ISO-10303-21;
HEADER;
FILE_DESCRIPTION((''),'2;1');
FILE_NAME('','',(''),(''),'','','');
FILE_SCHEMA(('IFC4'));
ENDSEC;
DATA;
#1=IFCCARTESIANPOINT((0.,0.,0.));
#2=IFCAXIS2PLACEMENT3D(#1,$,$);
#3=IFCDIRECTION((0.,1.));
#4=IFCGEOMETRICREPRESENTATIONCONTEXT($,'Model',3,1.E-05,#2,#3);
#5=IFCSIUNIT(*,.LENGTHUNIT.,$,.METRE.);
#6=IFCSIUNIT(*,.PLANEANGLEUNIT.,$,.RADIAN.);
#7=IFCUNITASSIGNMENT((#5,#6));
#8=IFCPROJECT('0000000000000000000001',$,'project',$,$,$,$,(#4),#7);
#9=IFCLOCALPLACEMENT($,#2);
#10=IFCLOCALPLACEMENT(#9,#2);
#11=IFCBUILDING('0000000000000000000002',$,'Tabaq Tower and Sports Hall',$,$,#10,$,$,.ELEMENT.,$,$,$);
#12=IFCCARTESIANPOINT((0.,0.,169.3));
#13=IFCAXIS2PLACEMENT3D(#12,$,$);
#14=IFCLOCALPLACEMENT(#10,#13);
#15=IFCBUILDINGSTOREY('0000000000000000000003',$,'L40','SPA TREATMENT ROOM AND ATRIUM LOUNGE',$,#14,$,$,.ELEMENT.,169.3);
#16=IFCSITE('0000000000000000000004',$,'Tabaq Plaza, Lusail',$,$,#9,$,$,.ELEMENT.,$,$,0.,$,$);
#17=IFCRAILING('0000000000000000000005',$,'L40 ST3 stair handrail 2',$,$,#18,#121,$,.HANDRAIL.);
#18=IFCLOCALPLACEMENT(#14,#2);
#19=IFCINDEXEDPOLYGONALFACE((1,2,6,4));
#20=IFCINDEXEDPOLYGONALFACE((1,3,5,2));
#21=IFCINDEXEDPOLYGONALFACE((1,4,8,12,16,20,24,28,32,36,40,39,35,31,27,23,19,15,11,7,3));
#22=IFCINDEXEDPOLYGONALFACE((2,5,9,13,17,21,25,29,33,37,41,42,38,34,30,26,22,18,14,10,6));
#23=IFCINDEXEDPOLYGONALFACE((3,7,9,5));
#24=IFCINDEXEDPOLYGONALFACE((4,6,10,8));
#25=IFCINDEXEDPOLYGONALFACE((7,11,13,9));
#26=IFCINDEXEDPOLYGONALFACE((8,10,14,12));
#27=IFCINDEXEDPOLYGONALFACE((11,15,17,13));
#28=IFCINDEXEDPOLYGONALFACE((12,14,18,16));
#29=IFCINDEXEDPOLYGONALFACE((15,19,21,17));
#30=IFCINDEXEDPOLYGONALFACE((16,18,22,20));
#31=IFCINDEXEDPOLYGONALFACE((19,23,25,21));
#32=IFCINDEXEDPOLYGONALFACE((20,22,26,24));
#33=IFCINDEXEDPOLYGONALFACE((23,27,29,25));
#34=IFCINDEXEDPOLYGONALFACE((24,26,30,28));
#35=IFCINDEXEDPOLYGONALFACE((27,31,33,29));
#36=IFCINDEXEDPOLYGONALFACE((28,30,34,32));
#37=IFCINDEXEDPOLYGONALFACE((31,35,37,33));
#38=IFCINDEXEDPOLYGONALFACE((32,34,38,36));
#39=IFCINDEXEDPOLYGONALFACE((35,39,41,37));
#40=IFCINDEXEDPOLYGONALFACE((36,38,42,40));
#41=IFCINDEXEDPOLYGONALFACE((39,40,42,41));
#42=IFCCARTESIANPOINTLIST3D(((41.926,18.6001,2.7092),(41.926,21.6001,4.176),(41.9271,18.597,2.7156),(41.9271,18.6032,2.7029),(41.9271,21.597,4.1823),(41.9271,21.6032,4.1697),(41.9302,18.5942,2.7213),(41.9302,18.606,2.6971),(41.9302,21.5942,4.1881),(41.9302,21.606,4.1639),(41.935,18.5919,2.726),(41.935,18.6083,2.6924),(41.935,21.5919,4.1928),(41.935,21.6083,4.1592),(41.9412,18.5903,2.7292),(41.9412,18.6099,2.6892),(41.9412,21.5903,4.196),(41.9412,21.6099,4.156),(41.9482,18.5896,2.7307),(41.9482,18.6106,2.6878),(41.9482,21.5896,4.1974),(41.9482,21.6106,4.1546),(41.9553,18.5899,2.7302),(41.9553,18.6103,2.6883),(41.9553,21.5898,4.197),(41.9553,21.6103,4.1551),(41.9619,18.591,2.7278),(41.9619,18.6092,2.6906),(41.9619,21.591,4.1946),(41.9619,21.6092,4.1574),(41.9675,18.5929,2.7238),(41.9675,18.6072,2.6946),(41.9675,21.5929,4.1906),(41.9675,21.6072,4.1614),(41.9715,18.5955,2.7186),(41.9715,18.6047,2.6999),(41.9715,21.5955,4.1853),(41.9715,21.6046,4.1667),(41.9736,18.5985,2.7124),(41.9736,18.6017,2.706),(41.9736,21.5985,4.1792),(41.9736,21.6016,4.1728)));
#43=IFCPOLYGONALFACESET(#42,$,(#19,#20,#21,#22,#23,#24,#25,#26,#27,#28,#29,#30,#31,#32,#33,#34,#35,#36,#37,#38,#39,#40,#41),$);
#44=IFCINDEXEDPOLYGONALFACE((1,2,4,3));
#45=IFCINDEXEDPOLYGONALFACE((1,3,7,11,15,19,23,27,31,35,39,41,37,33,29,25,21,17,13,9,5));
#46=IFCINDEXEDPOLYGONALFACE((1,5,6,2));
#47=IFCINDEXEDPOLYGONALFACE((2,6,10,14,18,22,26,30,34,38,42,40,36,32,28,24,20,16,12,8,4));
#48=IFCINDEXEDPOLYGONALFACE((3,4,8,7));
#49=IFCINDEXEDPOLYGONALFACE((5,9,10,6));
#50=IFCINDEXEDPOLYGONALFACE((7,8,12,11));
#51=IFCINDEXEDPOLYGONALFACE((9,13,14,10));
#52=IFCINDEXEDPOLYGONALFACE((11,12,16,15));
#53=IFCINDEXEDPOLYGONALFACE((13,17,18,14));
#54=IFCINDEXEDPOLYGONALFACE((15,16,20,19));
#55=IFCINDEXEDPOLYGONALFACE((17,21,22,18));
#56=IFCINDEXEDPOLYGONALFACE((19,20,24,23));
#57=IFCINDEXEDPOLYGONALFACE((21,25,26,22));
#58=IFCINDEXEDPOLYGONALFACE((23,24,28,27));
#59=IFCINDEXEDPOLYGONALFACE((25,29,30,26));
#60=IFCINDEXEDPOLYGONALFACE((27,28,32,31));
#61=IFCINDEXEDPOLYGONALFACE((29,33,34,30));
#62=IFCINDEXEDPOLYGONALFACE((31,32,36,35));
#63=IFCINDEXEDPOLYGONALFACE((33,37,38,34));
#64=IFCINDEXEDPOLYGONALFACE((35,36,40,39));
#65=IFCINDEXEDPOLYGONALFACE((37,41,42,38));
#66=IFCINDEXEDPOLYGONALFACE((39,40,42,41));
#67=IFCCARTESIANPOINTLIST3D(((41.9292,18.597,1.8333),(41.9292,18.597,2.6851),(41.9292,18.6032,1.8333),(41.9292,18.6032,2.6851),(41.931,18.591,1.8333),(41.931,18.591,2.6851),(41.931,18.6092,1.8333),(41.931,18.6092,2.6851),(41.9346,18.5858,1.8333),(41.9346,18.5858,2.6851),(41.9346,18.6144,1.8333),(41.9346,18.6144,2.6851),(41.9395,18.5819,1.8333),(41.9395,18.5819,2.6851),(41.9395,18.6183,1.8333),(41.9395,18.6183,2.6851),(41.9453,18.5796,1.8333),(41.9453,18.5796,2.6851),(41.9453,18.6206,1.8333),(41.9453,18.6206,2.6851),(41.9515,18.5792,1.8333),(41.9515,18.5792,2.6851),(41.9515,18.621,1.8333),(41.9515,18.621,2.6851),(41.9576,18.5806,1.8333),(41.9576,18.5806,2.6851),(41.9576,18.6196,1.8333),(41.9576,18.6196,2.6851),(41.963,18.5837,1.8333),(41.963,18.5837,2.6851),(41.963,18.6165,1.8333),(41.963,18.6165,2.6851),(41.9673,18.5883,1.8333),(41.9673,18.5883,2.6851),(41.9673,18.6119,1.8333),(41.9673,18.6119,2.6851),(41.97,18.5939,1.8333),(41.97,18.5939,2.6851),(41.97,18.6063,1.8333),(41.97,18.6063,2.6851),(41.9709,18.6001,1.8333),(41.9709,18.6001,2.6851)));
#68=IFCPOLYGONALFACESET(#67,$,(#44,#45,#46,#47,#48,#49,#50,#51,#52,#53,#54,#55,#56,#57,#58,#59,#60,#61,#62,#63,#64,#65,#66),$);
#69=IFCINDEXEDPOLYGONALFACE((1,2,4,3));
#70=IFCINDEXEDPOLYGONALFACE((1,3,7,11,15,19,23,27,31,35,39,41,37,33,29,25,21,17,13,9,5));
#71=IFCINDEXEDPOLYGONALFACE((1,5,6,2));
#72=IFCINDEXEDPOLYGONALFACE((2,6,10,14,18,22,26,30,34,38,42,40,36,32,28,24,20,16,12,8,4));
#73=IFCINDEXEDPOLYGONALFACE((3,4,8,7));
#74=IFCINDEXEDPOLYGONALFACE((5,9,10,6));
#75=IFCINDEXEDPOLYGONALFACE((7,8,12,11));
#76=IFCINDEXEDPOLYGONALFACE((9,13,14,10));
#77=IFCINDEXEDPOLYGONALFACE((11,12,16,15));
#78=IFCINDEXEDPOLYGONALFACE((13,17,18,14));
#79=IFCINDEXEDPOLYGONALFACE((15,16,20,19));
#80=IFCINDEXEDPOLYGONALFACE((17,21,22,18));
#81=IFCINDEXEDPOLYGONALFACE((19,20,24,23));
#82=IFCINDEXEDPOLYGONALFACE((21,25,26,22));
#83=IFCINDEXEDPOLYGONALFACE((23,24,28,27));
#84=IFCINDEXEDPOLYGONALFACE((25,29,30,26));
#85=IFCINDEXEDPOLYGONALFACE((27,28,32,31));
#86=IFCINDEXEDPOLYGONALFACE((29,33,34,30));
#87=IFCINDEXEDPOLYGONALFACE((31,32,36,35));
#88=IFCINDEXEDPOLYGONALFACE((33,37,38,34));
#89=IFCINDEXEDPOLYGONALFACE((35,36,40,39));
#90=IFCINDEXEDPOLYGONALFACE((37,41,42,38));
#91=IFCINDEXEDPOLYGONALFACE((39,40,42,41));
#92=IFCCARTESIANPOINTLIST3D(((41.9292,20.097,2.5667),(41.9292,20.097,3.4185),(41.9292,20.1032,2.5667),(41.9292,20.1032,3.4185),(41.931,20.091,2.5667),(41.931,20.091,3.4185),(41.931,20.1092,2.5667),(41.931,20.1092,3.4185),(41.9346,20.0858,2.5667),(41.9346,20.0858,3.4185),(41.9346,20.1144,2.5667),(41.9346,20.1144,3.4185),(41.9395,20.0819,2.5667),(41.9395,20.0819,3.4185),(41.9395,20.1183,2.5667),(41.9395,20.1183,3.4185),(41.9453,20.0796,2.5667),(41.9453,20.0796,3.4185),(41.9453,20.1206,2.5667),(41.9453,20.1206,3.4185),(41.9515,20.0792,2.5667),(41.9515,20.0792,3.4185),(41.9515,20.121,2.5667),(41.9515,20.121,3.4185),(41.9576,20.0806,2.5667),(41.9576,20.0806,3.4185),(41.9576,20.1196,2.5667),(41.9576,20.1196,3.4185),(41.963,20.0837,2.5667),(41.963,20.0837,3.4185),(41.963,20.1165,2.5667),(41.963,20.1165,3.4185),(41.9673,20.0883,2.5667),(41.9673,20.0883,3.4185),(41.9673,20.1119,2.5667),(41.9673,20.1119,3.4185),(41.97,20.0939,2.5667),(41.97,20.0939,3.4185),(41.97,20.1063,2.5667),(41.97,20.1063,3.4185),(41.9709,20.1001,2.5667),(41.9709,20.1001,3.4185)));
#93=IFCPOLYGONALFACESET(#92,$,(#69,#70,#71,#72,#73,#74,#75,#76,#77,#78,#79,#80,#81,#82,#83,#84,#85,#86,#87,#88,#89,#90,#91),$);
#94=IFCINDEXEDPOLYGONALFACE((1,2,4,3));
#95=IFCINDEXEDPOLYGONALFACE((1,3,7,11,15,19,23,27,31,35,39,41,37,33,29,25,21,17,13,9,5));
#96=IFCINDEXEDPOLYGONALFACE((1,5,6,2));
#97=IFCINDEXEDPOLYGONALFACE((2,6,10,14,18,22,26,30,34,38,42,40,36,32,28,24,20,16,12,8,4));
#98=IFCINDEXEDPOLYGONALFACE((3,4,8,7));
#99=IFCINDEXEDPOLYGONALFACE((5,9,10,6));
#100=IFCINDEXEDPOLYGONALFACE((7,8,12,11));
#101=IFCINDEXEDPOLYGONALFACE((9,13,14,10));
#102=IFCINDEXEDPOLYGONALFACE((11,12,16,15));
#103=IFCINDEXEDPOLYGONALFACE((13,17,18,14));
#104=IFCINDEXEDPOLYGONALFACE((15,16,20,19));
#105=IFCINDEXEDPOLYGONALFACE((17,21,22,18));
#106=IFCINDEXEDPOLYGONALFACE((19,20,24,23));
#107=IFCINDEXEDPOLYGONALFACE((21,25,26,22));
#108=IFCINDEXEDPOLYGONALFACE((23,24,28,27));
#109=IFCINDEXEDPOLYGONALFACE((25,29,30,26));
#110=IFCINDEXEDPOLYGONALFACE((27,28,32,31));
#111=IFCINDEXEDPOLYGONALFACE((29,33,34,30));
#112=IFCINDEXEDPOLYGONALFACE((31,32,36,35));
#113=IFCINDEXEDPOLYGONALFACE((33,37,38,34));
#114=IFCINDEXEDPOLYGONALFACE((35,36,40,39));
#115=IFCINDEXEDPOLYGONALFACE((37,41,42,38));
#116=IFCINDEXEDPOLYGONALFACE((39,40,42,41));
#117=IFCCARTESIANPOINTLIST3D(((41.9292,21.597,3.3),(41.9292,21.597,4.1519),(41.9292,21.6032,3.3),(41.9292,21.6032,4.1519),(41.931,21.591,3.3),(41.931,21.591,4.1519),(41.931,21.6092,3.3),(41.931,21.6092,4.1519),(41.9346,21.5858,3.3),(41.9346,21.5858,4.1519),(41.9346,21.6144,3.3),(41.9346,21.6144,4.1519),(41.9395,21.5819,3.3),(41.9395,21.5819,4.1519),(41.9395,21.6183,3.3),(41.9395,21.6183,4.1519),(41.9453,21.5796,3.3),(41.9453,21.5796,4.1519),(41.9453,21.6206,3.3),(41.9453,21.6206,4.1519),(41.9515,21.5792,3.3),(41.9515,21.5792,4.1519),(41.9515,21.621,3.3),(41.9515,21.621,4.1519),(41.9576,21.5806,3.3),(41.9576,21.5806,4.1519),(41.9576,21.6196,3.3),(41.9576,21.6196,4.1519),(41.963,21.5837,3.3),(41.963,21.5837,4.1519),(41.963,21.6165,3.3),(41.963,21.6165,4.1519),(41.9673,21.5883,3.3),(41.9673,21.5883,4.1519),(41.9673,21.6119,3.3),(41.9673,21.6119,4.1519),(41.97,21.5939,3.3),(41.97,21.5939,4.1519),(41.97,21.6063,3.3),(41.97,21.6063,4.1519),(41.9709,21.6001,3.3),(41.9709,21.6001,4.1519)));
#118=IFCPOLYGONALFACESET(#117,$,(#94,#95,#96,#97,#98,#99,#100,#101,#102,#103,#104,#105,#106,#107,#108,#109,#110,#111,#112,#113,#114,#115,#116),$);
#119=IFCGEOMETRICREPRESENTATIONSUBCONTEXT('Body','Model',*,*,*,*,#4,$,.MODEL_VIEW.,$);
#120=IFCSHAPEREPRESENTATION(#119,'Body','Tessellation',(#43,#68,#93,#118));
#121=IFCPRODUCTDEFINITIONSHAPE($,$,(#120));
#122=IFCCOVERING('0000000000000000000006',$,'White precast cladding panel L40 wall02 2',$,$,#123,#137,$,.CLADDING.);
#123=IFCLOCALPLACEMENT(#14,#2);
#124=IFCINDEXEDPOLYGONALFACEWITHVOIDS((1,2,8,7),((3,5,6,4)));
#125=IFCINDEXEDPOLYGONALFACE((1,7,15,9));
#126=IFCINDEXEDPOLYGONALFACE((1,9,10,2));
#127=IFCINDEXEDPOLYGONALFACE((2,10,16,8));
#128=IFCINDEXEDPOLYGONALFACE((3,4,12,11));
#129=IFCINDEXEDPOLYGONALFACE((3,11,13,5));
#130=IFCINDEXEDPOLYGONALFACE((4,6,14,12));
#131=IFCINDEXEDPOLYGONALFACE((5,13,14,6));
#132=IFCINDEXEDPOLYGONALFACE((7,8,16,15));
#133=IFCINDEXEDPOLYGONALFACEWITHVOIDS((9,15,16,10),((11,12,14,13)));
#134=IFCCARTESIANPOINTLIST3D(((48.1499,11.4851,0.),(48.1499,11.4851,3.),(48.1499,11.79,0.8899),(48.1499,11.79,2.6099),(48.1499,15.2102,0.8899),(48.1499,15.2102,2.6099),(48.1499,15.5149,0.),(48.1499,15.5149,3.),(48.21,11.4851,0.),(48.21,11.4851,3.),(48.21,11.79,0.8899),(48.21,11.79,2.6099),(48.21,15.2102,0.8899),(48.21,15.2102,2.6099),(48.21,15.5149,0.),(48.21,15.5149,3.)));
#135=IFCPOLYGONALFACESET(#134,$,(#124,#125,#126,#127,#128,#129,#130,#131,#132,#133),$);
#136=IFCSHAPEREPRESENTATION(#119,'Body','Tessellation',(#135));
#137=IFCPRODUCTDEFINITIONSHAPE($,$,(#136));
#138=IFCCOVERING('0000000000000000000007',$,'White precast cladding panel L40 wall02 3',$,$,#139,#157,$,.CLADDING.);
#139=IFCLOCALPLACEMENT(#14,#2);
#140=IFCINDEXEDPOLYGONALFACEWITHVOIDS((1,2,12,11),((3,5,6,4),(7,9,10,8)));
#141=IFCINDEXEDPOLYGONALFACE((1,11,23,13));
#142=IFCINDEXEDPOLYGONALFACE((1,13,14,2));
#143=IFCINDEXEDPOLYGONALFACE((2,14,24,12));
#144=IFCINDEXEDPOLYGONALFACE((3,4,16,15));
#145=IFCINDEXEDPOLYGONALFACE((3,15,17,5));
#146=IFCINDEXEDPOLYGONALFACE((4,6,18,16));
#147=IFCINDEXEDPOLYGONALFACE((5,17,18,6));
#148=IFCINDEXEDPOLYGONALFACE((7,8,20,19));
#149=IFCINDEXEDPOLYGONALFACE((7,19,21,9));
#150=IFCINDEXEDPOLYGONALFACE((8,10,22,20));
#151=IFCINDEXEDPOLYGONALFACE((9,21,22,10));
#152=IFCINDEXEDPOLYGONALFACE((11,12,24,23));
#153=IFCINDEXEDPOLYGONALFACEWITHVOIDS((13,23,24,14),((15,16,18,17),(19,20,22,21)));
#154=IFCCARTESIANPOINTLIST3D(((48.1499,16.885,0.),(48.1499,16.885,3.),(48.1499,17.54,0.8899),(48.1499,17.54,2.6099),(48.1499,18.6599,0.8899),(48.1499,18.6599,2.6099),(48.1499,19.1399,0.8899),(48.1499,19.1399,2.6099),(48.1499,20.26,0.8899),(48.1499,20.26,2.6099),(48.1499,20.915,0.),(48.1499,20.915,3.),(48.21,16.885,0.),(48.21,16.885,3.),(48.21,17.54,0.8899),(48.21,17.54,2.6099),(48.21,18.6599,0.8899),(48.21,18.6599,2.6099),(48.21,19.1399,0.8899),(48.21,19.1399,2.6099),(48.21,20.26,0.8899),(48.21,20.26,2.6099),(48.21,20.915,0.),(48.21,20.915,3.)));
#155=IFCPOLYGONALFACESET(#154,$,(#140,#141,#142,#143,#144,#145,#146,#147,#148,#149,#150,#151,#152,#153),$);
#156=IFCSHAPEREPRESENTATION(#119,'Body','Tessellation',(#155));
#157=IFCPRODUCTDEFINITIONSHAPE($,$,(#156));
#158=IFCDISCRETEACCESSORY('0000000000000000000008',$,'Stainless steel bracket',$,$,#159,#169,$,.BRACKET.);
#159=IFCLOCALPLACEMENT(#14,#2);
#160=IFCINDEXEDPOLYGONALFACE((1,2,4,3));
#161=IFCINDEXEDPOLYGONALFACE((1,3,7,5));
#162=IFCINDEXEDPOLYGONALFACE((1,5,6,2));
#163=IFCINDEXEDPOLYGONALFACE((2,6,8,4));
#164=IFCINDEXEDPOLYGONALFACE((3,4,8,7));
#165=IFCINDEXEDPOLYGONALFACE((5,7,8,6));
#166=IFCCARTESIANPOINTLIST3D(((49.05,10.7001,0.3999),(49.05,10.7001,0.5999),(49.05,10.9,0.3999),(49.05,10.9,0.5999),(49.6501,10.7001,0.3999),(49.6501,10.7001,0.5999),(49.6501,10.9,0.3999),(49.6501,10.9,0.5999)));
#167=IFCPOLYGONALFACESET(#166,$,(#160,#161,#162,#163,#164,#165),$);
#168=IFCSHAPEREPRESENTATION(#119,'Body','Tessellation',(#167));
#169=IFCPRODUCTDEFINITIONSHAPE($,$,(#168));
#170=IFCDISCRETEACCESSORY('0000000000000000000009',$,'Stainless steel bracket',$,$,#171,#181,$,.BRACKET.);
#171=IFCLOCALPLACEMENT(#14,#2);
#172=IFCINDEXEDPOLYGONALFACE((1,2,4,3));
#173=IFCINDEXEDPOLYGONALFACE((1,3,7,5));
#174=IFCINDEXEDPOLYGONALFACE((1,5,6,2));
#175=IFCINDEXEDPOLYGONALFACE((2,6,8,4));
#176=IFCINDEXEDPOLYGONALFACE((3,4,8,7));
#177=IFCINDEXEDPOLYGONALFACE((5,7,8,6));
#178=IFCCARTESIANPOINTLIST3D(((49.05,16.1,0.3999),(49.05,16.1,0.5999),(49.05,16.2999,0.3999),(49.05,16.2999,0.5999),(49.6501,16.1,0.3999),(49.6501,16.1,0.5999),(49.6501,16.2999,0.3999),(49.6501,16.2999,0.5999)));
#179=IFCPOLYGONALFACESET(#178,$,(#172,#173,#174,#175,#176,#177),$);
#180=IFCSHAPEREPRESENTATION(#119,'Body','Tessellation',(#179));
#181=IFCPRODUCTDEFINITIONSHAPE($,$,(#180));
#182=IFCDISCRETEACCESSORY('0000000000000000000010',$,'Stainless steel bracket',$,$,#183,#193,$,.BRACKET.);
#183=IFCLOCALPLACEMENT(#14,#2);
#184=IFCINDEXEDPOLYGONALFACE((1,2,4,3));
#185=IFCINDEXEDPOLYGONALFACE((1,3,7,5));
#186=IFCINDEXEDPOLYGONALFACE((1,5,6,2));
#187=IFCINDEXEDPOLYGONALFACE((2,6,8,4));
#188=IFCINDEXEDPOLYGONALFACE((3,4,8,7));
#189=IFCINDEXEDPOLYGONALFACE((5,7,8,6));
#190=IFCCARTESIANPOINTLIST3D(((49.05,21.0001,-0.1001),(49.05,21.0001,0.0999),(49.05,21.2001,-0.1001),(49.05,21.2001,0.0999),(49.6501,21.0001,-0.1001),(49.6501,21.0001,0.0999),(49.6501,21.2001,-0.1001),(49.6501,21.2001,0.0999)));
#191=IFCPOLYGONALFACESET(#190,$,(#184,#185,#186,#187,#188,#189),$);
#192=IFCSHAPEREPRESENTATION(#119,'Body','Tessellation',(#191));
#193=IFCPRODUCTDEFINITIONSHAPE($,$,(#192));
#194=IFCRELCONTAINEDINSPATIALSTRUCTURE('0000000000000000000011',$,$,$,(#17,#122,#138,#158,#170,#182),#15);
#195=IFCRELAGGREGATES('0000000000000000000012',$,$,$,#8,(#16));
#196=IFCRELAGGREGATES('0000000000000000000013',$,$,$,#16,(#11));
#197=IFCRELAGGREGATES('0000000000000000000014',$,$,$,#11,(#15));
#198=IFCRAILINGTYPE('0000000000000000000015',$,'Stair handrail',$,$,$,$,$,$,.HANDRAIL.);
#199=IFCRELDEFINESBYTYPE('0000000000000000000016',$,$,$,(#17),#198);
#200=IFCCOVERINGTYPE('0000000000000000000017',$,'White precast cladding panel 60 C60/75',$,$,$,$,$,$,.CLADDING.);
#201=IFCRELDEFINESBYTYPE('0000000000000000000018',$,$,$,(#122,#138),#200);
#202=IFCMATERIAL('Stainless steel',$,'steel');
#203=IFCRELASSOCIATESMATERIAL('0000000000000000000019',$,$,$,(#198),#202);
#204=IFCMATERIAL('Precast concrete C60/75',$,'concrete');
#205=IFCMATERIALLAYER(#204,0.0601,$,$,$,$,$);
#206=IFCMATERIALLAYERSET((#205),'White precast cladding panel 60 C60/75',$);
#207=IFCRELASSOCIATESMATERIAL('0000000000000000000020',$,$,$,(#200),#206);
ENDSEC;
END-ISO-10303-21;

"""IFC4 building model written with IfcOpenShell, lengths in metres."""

from ifc_helpers import new_model, si_unit, direction, frame, origin, origin_2d, place, context, subcontext, project, spatial, polyline, rectangle, circle, outline, extrude, material, layer, layer_set, type_object, element, save


model = new_model("IFC4")

# Units and contexts
model_context = context("Model", 3, precision=1e-05, world=origin(), true_north=direction((0.0, 1.0)))
body_context = subcontext(model_context, "Body", "Model", "MODEL_VIEW")
ifc_project = project(units=[si_unit("LENGTHUNIT", "METRE"), si_unit("PLANEANGLEUNIT", "RADIAN")], contexts=[model_context])

# Site, building, storey
site_placement = place(None, origin())
site = spatial("IfcSite", under=ifc_project, at=site_placement, Name="Tabaq Plaza, Lusail", CompositionType="ELEMENT", RefElevation=0.0)
building_placement = place(site_placement, origin())
building = spatial("IfcBuilding", under=site, at=building_placement, Name="Tabaq Tower and Sports Hall", CompositionType="ELEMENT")
storey_placement = place(building_placement, frame((0.0, 0.0, 169.3)))
storey = spatial("IfcBuildingStorey", under=building, at=storey_placement, Name="L40", Description="SPA TREATMENT ROOM AND ATRIUM LOUNGE", CompositionType="ELEMENT", Elevation=169.3)

# Railing
ifc_material_1 = material(Name="Stainless steel", Category="steel")
railing_type = type_object("IfcRailingType", Name="Stair handrail", PredefinedType="HANDRAIL", material=ifc_material_1)
railing_placement = place(storey_placement, frame((41.95, 18.6001, 1.8333)))
element("IfcRailing", 1, at=railing_placement, inside=storey, type_object=railing_type, Name="L40 ST3 stair handrail 2", PredefinedType="HANDRAIL", context=body_context, shape_type="SweptSolid", body=[
    extrude(circle(Radius=0.0239, at=origin_2d()), frame((0.0, 0.0, 0.876), z_axis=(0.0, 0.898369, 0.439242), x_axis=(-1.0, 0.0, 0.0)), (0.0, 0.0, 1.0), 3.3394),
    extrude(circle(Radius=0.021, at=origin_2d()), origin(), (0.0, 0.0, 1.0), 0.8518),
    extrude(circle(Radius=0.021, at=origin_2d()), frame((0.0, 1.5, 0.7334)), (0.0, 0.0, 1.0), 0.8518),
    extrude(circle(Radius=0.021, at=origin_2d()), frame((0.0, 3.0, 1.4668)), (0.0, 0.0, 1.0), 0.8518),
])

# Coverings
ifc_material_2 = material(Name="Precast concrete C60/75", Category="concrete")
ifc_layer_1 = layer(ifc_material_2, 0.0601)
ifc_layer_set_1 = layer_set([ifc_layer_1], Name="White precast cladding panel 60 C60/75")
covering_type_1 = type_object("IfcCoveringType", Name="White precast cladding panel 60 C60/75", PredefinedType="CLADDING", material=ifc_layer_set_1)
covering_1_placement = place(storey_placement, frame((48.1799, 11.4851, 0.0), z_axis=(0.0, 0.0, 1.0), x_axis=(0.0, 1.0, 0.0)))
element("IfcCovering", 2, at=covering_1_placement, inside=storey, type_object=covering_type_1, Name="White precast cladding panel L40 wall02 2", PredefinedType="CLADDING", context=body_context, shape_type="SweptSolid", body=[
    extrude(outline(polyline([(0.0, 0.0), (4.0298, 0.0), (4.0298, 3.0), (0.0, 3.0), (0.0, 0.0)]), holes=[polyline([(0.3049, 0.8899), (0.3049, 2.6099), (3.7251, 2.6099), (3.7251, 0.8899), (0.3049, 0.8899)])]), frame((0.0, 0.03, 0.0), z_axis=(0.0, -1.0, 0.0), x_axis=(1.0, 0.0, 0.0)), (0.0, 0.0, 1.0), 0.0601),
])
covering_2_placement = place(storey_placement, frame((48.1799, 16.885, 0.0), z_axis=(0.0, 0.0, 1.0), x_axis=(0.0, 1.0, 0.0)))
element("IfcCovering", 3, at=covering_2_placement, inside=storey, type_object=covering_type_1, Name="White precast cladding panel L40 wall02 3", PredefinedType="CLADDING", context=body_context, shape_type="SweptSolid", body=[
    extrude(outline(polyline([(0.0, 0.0), (4.03, 0.0), (4.03, 3.0), (0.0, 3.0), (0.0, 0.0)]), holes=[polyline([(0.655, 2.6099), (1.7749, 2.6099), (1.7749, 0.8899), (0.655, 0.8899), (0.655, 2.6099)]), polyline([(2.2549, 2.6099), (3.375, 2.6099), (3.375, 0.8899), (2.2549, 0.8899), (2.2549, 2.6099)])]), frame((0.0, 0.03, 0.0), z_axis=(0.0, -1.0, 0.0), x_axis=(1.0, 0.0, 0.0)), (0.0, 0.0, 1.0), 0.0601),
])

# Discrete accessories
for number, where, z_axis, x_axis, name in (
    (4, (49.3501, 10.8, 0.3999), (0.0, 0.0, 1.0), (1.0, 0.0, 0.0), "Stainless steel bracket"),
    (5, (49.3501, 16.2, 0.3999), (0.0, 0.0, 1.0), (1.0, 0.0, 0.0), "Stainless steel bracket"),
    (6, (49.3501, 21.1001, -0.1001), (0.0, 0.0, 1.0), (1.0, 0.0, 0.0), "Stainless steel bracket"),
):
    element("IfcDiscreteAccessory", number, at=place(storey_placement, frame(where, z_axis=z_axis, x_axis=x_axis)), inside=storey, Name=name, PredefinedType="BRACKET", context=body_context, shape_type="SweptSolid", body=[
        extrude(rectangle(XDim=0.6001, YDim=0.2, at=origin_2d()), origin(), (0.0, 0.0, 1.0), 0.2),
    ])

save(model, "model.ifc")
